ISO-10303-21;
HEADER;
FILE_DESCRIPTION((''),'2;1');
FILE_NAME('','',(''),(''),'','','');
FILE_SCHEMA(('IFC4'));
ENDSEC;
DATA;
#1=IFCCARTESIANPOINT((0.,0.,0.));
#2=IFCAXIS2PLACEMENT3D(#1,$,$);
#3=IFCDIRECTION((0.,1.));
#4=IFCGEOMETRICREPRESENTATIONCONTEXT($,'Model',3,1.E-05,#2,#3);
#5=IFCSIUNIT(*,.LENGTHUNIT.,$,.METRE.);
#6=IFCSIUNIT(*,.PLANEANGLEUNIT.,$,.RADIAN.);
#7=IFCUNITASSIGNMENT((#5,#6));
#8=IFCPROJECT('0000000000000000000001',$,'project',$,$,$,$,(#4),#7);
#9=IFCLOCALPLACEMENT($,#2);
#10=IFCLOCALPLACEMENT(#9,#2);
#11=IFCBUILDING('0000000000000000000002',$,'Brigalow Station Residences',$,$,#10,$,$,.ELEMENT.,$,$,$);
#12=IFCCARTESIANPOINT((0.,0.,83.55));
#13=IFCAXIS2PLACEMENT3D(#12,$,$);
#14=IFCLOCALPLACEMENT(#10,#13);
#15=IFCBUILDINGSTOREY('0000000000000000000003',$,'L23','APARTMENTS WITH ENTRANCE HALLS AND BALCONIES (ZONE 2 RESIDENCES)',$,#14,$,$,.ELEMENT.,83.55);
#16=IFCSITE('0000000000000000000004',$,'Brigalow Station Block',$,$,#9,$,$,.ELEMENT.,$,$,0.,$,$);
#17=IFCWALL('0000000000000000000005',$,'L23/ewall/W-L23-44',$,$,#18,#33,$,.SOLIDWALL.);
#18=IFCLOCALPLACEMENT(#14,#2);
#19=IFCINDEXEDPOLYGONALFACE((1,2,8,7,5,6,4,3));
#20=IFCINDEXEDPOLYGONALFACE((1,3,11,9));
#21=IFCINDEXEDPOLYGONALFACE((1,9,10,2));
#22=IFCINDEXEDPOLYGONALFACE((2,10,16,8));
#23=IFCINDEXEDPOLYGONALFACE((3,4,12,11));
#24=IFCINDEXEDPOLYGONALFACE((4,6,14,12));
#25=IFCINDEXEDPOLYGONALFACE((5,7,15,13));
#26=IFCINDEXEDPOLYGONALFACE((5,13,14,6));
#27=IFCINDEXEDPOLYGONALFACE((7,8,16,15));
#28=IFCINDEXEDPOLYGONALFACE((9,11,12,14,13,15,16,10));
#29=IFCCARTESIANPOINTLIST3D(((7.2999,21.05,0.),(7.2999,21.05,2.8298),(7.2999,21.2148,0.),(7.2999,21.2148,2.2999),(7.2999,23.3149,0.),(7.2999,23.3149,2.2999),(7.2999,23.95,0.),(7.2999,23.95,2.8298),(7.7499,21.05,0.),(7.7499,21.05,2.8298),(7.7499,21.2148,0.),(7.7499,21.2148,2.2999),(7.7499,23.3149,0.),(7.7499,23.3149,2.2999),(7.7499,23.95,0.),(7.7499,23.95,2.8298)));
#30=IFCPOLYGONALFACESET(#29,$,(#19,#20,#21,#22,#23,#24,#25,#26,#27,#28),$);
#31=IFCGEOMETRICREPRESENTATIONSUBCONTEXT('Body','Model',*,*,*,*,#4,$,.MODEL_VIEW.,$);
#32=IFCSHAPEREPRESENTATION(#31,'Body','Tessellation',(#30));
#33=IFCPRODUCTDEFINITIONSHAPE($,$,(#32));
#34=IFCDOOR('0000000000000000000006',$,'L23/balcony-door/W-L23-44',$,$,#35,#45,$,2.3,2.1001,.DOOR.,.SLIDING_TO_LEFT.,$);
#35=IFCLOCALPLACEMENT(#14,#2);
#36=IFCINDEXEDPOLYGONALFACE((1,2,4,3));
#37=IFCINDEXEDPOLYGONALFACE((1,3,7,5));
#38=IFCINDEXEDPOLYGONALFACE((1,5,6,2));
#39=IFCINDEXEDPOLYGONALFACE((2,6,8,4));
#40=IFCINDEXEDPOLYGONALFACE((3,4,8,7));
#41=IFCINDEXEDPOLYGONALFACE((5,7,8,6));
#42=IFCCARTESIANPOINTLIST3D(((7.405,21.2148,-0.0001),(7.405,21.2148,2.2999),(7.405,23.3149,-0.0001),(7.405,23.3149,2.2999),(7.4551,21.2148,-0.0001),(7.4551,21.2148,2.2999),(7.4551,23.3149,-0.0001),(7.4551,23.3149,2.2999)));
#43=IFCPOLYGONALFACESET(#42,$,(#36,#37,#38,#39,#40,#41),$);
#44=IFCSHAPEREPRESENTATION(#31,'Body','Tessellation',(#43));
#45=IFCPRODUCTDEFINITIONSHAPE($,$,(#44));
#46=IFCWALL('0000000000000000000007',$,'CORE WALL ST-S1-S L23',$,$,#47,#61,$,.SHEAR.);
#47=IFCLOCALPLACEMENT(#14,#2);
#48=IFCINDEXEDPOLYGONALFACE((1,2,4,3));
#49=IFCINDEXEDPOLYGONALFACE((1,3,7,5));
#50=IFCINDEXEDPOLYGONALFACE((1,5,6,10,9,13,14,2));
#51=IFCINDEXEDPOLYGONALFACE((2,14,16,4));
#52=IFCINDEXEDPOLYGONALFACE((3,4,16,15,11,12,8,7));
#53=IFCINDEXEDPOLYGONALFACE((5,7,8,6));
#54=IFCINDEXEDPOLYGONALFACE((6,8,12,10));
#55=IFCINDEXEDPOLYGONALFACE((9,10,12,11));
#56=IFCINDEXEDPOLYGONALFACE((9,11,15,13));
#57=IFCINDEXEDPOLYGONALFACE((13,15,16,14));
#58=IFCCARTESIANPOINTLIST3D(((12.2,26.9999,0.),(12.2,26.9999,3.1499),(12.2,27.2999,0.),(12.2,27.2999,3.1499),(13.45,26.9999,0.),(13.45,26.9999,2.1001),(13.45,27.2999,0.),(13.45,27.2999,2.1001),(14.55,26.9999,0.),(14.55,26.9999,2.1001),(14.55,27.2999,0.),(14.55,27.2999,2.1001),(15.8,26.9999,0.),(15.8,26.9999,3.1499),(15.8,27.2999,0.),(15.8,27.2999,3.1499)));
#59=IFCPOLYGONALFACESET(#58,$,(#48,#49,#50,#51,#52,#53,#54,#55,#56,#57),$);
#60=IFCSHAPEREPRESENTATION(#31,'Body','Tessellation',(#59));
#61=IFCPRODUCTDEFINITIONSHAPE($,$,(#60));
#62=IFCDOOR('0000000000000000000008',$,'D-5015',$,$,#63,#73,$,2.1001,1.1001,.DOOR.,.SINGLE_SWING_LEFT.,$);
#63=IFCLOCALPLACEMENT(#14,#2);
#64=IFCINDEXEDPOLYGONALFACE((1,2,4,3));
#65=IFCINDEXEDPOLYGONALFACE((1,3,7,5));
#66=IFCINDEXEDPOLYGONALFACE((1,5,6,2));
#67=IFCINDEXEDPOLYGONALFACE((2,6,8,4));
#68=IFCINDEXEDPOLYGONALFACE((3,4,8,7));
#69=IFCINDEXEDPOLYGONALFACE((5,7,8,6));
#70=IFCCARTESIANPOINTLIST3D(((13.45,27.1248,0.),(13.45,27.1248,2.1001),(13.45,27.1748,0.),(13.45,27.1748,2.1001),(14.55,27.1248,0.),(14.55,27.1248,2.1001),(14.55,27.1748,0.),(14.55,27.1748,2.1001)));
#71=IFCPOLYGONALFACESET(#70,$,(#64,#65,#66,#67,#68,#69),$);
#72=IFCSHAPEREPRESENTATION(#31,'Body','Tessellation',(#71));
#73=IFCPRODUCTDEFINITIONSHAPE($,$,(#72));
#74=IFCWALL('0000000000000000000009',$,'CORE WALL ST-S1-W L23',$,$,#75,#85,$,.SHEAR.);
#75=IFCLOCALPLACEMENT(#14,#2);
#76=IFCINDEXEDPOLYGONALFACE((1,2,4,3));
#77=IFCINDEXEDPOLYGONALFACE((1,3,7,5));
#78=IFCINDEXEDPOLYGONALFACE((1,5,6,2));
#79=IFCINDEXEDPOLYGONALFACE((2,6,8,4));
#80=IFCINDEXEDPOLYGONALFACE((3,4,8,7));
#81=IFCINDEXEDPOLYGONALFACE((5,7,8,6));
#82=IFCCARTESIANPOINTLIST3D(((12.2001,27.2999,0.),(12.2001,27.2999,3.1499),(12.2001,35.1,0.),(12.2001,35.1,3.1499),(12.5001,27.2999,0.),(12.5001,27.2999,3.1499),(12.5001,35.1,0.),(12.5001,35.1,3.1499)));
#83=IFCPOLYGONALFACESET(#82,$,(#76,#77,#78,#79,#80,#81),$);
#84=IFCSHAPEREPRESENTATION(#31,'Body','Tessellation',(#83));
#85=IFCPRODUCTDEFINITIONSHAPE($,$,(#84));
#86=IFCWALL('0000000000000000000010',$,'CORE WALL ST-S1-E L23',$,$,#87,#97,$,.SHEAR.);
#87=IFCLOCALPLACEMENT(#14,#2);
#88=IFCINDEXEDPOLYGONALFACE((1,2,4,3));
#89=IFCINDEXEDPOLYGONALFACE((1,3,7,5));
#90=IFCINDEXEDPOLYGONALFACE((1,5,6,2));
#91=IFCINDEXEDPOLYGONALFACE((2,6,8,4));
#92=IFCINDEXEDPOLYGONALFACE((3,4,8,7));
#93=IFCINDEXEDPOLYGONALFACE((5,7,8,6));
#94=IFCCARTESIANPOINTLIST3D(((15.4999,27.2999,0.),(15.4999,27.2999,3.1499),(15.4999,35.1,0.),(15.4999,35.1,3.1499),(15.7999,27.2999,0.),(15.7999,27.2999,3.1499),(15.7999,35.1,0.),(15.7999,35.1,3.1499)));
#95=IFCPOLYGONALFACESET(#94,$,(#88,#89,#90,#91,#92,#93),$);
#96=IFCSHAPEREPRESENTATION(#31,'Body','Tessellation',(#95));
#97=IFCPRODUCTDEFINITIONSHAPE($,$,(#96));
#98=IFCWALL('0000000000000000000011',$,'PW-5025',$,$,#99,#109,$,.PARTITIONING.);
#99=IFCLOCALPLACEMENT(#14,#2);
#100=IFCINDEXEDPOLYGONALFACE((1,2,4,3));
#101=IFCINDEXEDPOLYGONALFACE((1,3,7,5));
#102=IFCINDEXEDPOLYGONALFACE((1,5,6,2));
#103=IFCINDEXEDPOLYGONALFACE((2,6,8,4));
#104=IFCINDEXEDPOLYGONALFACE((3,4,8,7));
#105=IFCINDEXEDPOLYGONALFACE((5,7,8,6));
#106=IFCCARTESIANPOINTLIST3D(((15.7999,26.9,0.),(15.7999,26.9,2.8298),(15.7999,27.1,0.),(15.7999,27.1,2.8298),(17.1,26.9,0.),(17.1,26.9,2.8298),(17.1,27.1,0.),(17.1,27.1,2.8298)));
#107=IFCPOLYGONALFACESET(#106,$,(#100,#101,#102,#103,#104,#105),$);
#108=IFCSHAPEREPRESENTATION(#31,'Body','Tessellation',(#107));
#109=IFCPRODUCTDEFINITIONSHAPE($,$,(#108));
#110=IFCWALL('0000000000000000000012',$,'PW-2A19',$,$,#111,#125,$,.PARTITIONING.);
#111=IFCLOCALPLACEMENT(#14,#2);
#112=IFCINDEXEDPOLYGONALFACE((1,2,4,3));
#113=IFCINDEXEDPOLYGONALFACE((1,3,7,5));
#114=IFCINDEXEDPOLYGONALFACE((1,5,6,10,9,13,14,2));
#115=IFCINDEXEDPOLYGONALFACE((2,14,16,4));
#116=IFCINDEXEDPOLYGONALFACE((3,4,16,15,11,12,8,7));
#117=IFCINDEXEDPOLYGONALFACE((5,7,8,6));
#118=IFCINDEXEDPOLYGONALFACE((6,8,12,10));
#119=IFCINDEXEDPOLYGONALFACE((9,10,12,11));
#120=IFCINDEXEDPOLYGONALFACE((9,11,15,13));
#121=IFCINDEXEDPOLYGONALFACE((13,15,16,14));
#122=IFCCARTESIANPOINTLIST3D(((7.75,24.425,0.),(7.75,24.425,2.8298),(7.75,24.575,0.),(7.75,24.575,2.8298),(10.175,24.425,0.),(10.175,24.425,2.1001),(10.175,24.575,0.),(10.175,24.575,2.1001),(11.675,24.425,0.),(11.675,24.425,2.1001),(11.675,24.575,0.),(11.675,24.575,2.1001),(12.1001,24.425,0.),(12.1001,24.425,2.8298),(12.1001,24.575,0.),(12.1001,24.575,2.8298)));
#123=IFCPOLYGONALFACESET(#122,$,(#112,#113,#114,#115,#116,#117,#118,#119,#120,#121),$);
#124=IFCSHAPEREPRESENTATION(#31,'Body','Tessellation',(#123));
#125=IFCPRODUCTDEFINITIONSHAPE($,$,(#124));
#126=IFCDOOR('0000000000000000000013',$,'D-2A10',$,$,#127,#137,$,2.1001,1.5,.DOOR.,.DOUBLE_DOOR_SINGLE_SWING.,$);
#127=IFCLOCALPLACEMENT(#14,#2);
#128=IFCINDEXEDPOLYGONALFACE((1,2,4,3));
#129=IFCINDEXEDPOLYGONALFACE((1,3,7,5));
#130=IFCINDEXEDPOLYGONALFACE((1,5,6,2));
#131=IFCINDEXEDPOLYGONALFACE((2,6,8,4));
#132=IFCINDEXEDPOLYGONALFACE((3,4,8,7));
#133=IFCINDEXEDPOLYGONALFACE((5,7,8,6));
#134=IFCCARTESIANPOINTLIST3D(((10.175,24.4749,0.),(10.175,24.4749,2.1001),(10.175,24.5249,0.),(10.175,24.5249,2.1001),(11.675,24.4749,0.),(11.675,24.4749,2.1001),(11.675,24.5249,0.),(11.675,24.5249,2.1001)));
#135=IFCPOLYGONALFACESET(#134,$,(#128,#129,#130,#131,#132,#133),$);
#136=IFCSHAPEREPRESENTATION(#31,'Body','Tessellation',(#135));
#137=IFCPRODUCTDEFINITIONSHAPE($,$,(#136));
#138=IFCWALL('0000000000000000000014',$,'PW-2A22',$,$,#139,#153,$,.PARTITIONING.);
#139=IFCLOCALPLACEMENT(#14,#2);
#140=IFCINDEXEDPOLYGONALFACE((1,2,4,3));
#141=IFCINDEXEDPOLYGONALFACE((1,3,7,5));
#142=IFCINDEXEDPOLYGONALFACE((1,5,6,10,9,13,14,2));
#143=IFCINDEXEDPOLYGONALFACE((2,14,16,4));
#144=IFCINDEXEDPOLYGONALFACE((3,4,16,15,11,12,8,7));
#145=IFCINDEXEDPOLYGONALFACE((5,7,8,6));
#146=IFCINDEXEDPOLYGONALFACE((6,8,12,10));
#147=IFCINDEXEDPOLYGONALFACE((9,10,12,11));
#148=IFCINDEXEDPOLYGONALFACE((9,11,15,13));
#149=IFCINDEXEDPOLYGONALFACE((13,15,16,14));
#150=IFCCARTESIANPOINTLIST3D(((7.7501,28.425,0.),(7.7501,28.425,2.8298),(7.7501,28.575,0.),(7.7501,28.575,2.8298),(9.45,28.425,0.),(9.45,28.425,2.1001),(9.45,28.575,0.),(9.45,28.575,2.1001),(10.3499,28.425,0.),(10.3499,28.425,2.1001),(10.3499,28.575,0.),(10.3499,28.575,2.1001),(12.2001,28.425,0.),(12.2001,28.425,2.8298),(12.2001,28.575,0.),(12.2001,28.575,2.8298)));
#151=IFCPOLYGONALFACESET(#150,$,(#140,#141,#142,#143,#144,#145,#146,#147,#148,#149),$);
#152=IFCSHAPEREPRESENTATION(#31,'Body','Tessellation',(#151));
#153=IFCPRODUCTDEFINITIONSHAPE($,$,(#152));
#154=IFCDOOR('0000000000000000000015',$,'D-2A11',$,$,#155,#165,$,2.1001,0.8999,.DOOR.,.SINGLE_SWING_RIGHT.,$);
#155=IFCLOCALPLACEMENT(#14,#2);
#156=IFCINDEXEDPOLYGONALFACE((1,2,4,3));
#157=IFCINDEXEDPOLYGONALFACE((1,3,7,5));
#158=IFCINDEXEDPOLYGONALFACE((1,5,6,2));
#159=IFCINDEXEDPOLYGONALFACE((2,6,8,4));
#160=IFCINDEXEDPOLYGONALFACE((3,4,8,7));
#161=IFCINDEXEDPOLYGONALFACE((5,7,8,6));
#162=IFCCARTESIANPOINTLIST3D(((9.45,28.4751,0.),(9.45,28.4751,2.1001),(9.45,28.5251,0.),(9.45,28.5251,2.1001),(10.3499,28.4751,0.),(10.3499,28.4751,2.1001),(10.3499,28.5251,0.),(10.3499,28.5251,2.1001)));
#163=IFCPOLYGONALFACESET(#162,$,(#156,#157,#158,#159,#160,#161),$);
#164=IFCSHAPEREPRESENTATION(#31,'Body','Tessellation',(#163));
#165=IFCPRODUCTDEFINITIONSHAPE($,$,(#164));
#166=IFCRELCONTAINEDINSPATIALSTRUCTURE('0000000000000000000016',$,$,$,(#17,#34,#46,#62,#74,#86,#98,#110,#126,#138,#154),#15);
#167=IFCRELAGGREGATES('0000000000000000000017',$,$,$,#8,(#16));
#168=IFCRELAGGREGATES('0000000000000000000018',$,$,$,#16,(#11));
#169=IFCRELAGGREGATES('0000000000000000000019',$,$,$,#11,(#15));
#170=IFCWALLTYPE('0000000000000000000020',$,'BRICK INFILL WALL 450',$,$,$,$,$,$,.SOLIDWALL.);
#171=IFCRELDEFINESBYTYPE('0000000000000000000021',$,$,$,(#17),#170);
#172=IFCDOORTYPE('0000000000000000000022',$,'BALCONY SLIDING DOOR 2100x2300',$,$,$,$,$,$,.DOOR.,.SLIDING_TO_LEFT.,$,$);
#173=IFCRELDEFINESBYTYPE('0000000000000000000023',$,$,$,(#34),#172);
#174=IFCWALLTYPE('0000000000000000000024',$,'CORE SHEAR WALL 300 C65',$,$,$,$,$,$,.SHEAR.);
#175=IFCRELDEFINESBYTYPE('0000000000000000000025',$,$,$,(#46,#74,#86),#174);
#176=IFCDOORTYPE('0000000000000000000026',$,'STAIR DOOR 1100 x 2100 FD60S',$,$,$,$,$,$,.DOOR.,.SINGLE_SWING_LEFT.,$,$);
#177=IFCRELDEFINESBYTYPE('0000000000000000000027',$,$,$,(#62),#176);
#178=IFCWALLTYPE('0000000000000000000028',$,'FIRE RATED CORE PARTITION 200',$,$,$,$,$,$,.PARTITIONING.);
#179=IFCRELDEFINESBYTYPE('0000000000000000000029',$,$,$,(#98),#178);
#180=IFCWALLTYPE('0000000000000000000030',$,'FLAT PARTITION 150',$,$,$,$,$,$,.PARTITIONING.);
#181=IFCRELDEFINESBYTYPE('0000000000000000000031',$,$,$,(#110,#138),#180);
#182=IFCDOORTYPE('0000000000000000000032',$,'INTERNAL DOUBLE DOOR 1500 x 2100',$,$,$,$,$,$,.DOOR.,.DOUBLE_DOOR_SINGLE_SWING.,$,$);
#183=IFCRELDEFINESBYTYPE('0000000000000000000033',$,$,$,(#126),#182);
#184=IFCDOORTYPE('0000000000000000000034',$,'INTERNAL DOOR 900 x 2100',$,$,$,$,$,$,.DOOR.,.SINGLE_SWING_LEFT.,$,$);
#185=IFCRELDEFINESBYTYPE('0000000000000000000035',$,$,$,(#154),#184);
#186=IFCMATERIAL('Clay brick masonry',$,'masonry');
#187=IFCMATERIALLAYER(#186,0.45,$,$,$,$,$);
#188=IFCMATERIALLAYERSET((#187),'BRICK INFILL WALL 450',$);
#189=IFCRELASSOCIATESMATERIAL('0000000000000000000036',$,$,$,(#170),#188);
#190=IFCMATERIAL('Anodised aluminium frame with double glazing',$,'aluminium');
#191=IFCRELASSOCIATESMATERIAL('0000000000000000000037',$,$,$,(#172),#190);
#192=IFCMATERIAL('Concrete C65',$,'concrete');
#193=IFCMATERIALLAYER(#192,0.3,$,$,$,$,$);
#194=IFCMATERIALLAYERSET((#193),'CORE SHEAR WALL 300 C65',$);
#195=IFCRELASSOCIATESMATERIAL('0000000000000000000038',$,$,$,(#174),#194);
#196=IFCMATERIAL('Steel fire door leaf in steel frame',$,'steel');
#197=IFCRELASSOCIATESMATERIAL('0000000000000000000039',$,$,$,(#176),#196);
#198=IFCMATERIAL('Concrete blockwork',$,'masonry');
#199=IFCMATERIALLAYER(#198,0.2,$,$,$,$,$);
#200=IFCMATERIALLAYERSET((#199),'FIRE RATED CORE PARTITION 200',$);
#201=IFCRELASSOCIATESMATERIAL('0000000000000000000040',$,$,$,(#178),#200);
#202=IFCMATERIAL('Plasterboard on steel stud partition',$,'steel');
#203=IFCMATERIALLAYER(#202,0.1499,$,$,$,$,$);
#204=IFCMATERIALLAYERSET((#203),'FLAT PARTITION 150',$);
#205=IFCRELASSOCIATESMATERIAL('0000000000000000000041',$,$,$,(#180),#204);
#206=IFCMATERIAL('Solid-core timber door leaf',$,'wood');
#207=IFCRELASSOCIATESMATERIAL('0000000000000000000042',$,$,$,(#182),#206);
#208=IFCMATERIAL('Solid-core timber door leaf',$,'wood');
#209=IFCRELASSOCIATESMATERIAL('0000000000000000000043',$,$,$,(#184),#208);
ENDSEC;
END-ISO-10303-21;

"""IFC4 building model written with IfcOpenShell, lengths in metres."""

from ifc_helpers import new_model, si_unit, direction, frame, frame_2d, origin, place, context, subcontext, project, spatial, rectangle, extrude, material, layer, layer_set, type_object, element, fill, save


model = new_model("IFC4")

# Units and contexts
model_context = context("Model", 3, precision=1e-05, world=origin(), true_north=direction((0.0, 1.0)))
body_context = subcontext(model_context, "Body", "Model", "MODEL_VIEW")
ifc_project = project(units=[si_unit("LENGTHUNIT", "METRE"), si_unit("PLANEANGLEUNIT", "RADIAN")], contexts=[model_context])

# Site, building, storey
site_placement = place(None, origin())
site = spatial("IfcSite", under=ifc_project, at=site_placement, Name="Brigalow Station Block", CompositionType="ELEMENT", RefElevation=0.0)
building_placement = place(site_placement, origin())
building = spatial("IfcBuilding", under=site, at=building_placement, Name="Brigalow Station Residences", CompositionType="ELEMENT")
storey_placement = place(building_placement, frame((0.0, 0.0, 83.55)))
storey = spatial("IfcBuildingStorey", under=building, at=storey_placement, Name="L23", Description="APARTMENTS WITH ENTRANCE HALLS AND BALCONIES (ZONE 2 RESIDENCES)", CompositionType="ELEMENT", Elevation=83.55)

# Shared definitions
ifc_material_1 = material(Name="Clay brick masonry", Category="masonry")
ifc_layer_1 = layer(ifc_material_1, 0.45)
ifc_layer_set_1 = layer_set([ifc_layer_1], Name="BRICK INFILL WALL 450")
wall_type_1 = type_object("IfcWallType", Name="BRICK INFILL WALL 450", PredefinedType="SOLIDWALL", material=ifc_layer_set_1)

# Walls, openings, doors
wall_1_placement = place(storey_placement, frame((7.5249, 23.95, 0.0), z_axis=(0.0, 0.0, 1.0), x_axis=(0.0, -1.0, 0.0)))
wall_1 = element("IfcWall", 1, at=wall_1_placement, inside=storey, type_object=wall_type_1, Name="L23/ewall/W-L23-44", PredefinedType="SOLIDWALL", context=body_context, shape_type="SweptSolid", body=[
    extrude(rectangle(XDim=2.8999, YDim=0.45, at=frame_2d((1.45, 0.0))), origin(), (0.0, 0.0, 1.0), 2.8298),
])
opening_1_placement = place(wall_1_placement, frame((0.635, 0.0, 0.0)))
opening_1 = element("IfcOpeningElement", 2, at=opening_1_placement, cuts=wall_1, PredefinedType="OPENING", context=body_context, shape_type="SweptSolid", body=[
    extrude(rectangle(XDim=2.1001, YDim=2.3, at=frame_2d((1.05, 1.1499))), frame((0.0, 0.2349, 0.0), z_axis=(0.0, -1.0, 0.0), x_axis=(1.0, 0.0, 0.0)), (0.0, 0.0, 1.0), 0.47),
])
ifc_material_2 = material(Name="Anodised aluminium frame with double glazing", Category="aluminium")
door_type_1 = type_object("IfcDoorType", Name="BALCONY SLIDING DOOR 2100x2300", OperationType="SLIDING_TO_LEFT", PredefinedType="DOOR", material=ifc_material_2)
door_1_placement = place(opening_1_placement, origin())
door_1 = element("IfcDoor", 3, at=door_1_placement, inside=storey, type_object=door_type_1, Name="L23/balcony-door/W-L23-44", OperationType="SLIDING_TO_LEFT", OverallHeight=2.3, OverallWidth=2.1001, PredefinedType="DOOR", context=body_context, shape_type="SweptSolid", body=[
    extrude(rectangle(XDim=2.1001, YDim=2.3, at=frame_2d((1.05, 1.1499))), frame((0.0, -0.0698, 0.0), z_axis=(0.0, -1.0, 0.0), x_axis=(1.0, 0.0, 0.0)), (0.0, 0.0, 1.0), 0.05),
])
fill(opening_1, door_1)
ifc_material_3 = material(Name="Concrete C65", Category="concrete")
ifc_layer_2 = layer(ifc_material_3, 0.3)
ifc_layer_set_2 = layer_set([ifc_layer_2], Name="CORE SHEAR WALL 300 C65")
wall_type_2 = type_object("IfcWallType", Name="CORE SHEAR WALL 300 C65", PredefinedType="SHEAR", material=ifc_layer_set_2)
wall_2_placement = place(storey_placement, frame((12.2, 27.1499, 0.0), z_axis=(0.0, 0.0, 1.0), x_axis=(1.0, 0.0, 0.0)))
wall_2 = element("IfcWall", 4, at=wall_2_placement, inside=storey, type_object=wall_type_2, Name="CORE WALL ST-S1-S L23", PredefinedType="SHEAR", context=body_context, shape_type="SweptSolid", body=[
    extrude(rectangle(XDim=3.6001, YDim=0.3, at=frame_2d((1.8, 0.0))), origin(), (0.0, 0.0, 1.0), 3.1499),
])
opening_2_placement = place(wall_2_placement, frame((1.25, 0.0, 0.0)))
opening_2 = element("IfcOpeningElement", 5, at=opening_2_placement, cuts=wall_2, PredefinedType="OPENING", context=body_context, shape_type="SweptSolid", body=[
    extrude(rectangle(XDim=1.1001, YDim=2.1001, at=frame_2d((0.55, 1.05))), frame((0.0, 0.1602, 0.0), z_axis=(0.0, -1.0, 0.0), x_axis=(1.0, 0.0, 0.0)), (0.0, 0.0, 1.0), 0.3201),
])
ifc_material_4 = material(Name="Steel fire door leaf in steel frame", Category="steel")
door_type_2 = type_object("IfcDoorType", Name="STAIR DOOR 1100 x 2100 FD60S", OperationType="SINGLE_SWING_LEFT", PredefinedType="DOOR", material=ifc_material_4)
door_2_placement = place(opening_2_placement, origin())
door_2 = element("IfcDoor", 6, at=door_2_placement, inside=storey, type_object=door_type_2, Name="D-5015", OperationType="SINGLE_SWING_LEFT", OverallHeight=2.1001, OverallWidth=1.1001, PredefinedType="DOOR", context=body_context, shape_type="SweptSolid", body=[
    extrude(rectangle(XDim=1.1001, YDim=2.1001, at=frame_2d((0.55, 1.05))), frame((0.0, 0.0249, 0.0), z_axis=(0.0, -1.0, 0.0), x_axis=(1.0, 0.0, 0.0)), (0.0, 0.0, 1.0), 0.05),
])
fill(opening_2, door_2)

# Walls
for number, where, z_axis, x_axis, name in (
    (7, (12.3501, 27.3, 0.0), (0.0, 0.0, 1.0), (0.0, 1.0, 0.0), "CORE WALL ST-S1-W L23"),
    (8, (15.6499, 27.3, 0.0), (0.0, 0.0, 1.0), (0.0, 1.0, 0.0), "CORE WALL ST-S1-E L23"),
):
    element("IfcWall", number, at=place(storey_placement, frame(where, z_axis=z_axis, x_axis=x_axis)), inside=storey, type_object=wall_type_2, Name=name, PredefinedType="SHEAR", context=body_context, shape_type="SweptSolid", body=[
        extrude(rectangle(XDim=7.8, YDim=0.3, at=frame_2d((3.8999, 0.0))), origin(), (0.0, 0.0, 1.0), 3.1499),
    ])
ifc_material_5 = material(Name="Concrete blockwork", Category="masonry")
ifc_layer_3 = layer(ifc_material_5, 0.2)
ifc_layer_set_3 = layer_set([ifc_layer_3], Name="FIRE RATED CORE PARTITION 200")
wall_type_3 = type_object("IfcWallType", Name="FIRE RATED CORE PARTITION 200", PredefinedType="PARTITIONING", material=ifc_layer_set_3)
wall_3_placement = place(storey_placement, frame((15.8, 27.0, 0.0), z_axis=(0.0, 0.0, 1.0), x_axis=(1.0, 0.0, 0.0)))
element("IfcWall", 9, at=wall_3_placement, inside=storey, type_object=wall_type_3, Name="PW-5025", PredefinedType="PARTITIONING", context=body_context, shape_type="SweptSolid", body=[
    extrude(rectangle(XDim=1.3, YDim=0.2, at=frame_2d((0.6499, 0.0))), origin(), (0.0, 0.0, 1.0), 2.8298),
])

# Walls, openings, doors
ifc_material_6 = material(Name="Plasterboard on steel stud partition", Category="steel")
ifc_layer_4 = layer(ifc_material_6, 0.1499)
ifc_layer_set_4 = layer_set([ifc_layer_4], Name="FLAT PARTITION 150")
wall_type_4 = type_object("IfcWallType", Name="FLAT PARTITION 150", PredefinedType="PARTITIONING", material=ifc_layer_set_4)
wall_4_placement = place(storey_placement, frame((7.75, 24.5, 0.0), z_axis=(0.0, 0.0, 1.0), x_axis=(1.0, 0.0, 0.0)))
wall_4 = element("IfcWall", 10, at=wall_4_placement, inside=storey, type_object=wall_type_4, Name="PW-2A19", PredefinedType="PARTITIONING", context=body_context, shape_type="SweptSolid", body=[
    extrude(rectangle(XDim=4.3501, YDim=0.1499, at=frame_2d((2.175, 0.0))), origin(), (0.0, 0.0, 1.0), 2.8298),
])
opening_3_placement = place(wall_4_placement, frame((2.425, 0.0, 0.0)))
opening_3 = element("IfcOpeningElement", 11, at=opening_3_placement, cuts=wall_4, PredefinedType="OPENING", context=body_context, shape_type="SweptSolid", body=[
    extrude(rectangle(XDim=1.5, YDim=2.1001, at=frame_2d((0.75, 1.05))), frame((0.0, 0.085, 0.0), z_axis=(0.0, -1.0, 0.0), x_axis=(1.0, 0.0, 0.0)), (0.0, 0.0, 1.0), 0.1699),
])
ifc_material_7 = material(Name="Solid-core timber door leaf", Category="wood")
door_type_3 = type_object("IfcDoorType", Name="INTERNAL DOUBLE DOOR 1500 x 2100", OperationType="DOUBLE_DOOR_SINGLE_SWING", PredefinedType="DOOR", material=ifc_material_7)
door_3_placement = place(opening_3_placement, origin())
door_3 = element("IfcDoor", 12, at=door_3_placement, inside=storey, type_object=door_type_3, Name="D-2A10", OperationType="DOUBLE_DOOR_SINGLE_SWING", OverallHeight=2.1001, OverallWidth=1.5, PredefinedType="DOOR", context=body_context, shape_type="SweptSolid", body=[
    extrude(rectangle(XDim=1.5, YDim=2.1001, at=frame_2d((0.75, 1.05))), frame((0.0, 0.0249, 0.0), z_axis=(0.0, -1.0, 0.0), x_axis=(1.0, 0.0, 0.0)), (0.0, 0.0, 1.0), 0.05),
])
fill(opening_3, door_3)
wall_5_placement = place(storey_placement, frame((7.75, 28.5, 0.0), z_axis=(0.0, 0.0, 1.0), x_axis=(1.0, 0.0, 0.0)))
wall_5 = element("IfcWall", 13, at=wall_5_placement, inside=storey, type_object=wall_type_4, Name="PW-2A22", PredefinedType="PARTITIONING", context=body_context, shape_type="SweptSolid", body=[
    extrude(rectangle(XDim=4.45, YDim=0.1499, at=frame_2d((2.2251, 0.0))), origin(), (0.0, 0.0, 1.0), 2.8298),
])
opening_4_placement = place(wall_5_placement, frame((1.7, 0.0, 0.0)))
opening_4 = element("IfcOpeningElement", 14, at=opening_4_placement, cuts=wall_5, PredefinedType="OPENING", context=body_context, shape_type="SweptSolid", body=[
    extrude(rectangle(XDim=0.8999, YDim=2.1001, at=frame_2d((0.45, 1.05))), frame((0.0, 0.085, 0.0), z_axis=(0.0, -1.0, 0.0), x_axis=(1.0, 0.0, 0.0)), (0.0, 0.0, 1.0), 0.1699),
])
ifc_material_8 = material(Name="Solid-core timber door leaf", Category="wood")
door_type_4 = type_object("IfcDoorType", Name="INTERNAL DOOR 900 x 2100", OperationType="SINGLE_SWING_LEFT", PredefinedType="DOOR", material=ifc_material_8)
door_4_placement = place(opening_4_placement, frame((0.8999, 0.0, 0.0), z_axis=(0.0, 0.0, 1.0), x_axis=(-1.0, 0.0, 0.0)))
door_4 = element("IfcDoor", 15, at=door_4_placement, inside=storey, type_object=door_type_4, Name="D-2A11", OperationType="SINGLE_SWING_RIGHT", OverallHeight=2.1001, OverallWidth=0.8999, PredefinedType="DOOR", context=body_context, shape_type="SweptSolid", body=[
    extrude(rectangle(XDim=0.8999, YDim=2.1001, at=frame_2d((0.45, 1.05))), frame((0.0, 0.0249, 0.0), z_axis=(0.0, -1.0, 0.0), x_axis=(1.0, 0.0, 0.0)), (0.0, 0.0, 1.0), 0.05),
])
fill(opening_4, door_4)

save(model, "model.ifc")
